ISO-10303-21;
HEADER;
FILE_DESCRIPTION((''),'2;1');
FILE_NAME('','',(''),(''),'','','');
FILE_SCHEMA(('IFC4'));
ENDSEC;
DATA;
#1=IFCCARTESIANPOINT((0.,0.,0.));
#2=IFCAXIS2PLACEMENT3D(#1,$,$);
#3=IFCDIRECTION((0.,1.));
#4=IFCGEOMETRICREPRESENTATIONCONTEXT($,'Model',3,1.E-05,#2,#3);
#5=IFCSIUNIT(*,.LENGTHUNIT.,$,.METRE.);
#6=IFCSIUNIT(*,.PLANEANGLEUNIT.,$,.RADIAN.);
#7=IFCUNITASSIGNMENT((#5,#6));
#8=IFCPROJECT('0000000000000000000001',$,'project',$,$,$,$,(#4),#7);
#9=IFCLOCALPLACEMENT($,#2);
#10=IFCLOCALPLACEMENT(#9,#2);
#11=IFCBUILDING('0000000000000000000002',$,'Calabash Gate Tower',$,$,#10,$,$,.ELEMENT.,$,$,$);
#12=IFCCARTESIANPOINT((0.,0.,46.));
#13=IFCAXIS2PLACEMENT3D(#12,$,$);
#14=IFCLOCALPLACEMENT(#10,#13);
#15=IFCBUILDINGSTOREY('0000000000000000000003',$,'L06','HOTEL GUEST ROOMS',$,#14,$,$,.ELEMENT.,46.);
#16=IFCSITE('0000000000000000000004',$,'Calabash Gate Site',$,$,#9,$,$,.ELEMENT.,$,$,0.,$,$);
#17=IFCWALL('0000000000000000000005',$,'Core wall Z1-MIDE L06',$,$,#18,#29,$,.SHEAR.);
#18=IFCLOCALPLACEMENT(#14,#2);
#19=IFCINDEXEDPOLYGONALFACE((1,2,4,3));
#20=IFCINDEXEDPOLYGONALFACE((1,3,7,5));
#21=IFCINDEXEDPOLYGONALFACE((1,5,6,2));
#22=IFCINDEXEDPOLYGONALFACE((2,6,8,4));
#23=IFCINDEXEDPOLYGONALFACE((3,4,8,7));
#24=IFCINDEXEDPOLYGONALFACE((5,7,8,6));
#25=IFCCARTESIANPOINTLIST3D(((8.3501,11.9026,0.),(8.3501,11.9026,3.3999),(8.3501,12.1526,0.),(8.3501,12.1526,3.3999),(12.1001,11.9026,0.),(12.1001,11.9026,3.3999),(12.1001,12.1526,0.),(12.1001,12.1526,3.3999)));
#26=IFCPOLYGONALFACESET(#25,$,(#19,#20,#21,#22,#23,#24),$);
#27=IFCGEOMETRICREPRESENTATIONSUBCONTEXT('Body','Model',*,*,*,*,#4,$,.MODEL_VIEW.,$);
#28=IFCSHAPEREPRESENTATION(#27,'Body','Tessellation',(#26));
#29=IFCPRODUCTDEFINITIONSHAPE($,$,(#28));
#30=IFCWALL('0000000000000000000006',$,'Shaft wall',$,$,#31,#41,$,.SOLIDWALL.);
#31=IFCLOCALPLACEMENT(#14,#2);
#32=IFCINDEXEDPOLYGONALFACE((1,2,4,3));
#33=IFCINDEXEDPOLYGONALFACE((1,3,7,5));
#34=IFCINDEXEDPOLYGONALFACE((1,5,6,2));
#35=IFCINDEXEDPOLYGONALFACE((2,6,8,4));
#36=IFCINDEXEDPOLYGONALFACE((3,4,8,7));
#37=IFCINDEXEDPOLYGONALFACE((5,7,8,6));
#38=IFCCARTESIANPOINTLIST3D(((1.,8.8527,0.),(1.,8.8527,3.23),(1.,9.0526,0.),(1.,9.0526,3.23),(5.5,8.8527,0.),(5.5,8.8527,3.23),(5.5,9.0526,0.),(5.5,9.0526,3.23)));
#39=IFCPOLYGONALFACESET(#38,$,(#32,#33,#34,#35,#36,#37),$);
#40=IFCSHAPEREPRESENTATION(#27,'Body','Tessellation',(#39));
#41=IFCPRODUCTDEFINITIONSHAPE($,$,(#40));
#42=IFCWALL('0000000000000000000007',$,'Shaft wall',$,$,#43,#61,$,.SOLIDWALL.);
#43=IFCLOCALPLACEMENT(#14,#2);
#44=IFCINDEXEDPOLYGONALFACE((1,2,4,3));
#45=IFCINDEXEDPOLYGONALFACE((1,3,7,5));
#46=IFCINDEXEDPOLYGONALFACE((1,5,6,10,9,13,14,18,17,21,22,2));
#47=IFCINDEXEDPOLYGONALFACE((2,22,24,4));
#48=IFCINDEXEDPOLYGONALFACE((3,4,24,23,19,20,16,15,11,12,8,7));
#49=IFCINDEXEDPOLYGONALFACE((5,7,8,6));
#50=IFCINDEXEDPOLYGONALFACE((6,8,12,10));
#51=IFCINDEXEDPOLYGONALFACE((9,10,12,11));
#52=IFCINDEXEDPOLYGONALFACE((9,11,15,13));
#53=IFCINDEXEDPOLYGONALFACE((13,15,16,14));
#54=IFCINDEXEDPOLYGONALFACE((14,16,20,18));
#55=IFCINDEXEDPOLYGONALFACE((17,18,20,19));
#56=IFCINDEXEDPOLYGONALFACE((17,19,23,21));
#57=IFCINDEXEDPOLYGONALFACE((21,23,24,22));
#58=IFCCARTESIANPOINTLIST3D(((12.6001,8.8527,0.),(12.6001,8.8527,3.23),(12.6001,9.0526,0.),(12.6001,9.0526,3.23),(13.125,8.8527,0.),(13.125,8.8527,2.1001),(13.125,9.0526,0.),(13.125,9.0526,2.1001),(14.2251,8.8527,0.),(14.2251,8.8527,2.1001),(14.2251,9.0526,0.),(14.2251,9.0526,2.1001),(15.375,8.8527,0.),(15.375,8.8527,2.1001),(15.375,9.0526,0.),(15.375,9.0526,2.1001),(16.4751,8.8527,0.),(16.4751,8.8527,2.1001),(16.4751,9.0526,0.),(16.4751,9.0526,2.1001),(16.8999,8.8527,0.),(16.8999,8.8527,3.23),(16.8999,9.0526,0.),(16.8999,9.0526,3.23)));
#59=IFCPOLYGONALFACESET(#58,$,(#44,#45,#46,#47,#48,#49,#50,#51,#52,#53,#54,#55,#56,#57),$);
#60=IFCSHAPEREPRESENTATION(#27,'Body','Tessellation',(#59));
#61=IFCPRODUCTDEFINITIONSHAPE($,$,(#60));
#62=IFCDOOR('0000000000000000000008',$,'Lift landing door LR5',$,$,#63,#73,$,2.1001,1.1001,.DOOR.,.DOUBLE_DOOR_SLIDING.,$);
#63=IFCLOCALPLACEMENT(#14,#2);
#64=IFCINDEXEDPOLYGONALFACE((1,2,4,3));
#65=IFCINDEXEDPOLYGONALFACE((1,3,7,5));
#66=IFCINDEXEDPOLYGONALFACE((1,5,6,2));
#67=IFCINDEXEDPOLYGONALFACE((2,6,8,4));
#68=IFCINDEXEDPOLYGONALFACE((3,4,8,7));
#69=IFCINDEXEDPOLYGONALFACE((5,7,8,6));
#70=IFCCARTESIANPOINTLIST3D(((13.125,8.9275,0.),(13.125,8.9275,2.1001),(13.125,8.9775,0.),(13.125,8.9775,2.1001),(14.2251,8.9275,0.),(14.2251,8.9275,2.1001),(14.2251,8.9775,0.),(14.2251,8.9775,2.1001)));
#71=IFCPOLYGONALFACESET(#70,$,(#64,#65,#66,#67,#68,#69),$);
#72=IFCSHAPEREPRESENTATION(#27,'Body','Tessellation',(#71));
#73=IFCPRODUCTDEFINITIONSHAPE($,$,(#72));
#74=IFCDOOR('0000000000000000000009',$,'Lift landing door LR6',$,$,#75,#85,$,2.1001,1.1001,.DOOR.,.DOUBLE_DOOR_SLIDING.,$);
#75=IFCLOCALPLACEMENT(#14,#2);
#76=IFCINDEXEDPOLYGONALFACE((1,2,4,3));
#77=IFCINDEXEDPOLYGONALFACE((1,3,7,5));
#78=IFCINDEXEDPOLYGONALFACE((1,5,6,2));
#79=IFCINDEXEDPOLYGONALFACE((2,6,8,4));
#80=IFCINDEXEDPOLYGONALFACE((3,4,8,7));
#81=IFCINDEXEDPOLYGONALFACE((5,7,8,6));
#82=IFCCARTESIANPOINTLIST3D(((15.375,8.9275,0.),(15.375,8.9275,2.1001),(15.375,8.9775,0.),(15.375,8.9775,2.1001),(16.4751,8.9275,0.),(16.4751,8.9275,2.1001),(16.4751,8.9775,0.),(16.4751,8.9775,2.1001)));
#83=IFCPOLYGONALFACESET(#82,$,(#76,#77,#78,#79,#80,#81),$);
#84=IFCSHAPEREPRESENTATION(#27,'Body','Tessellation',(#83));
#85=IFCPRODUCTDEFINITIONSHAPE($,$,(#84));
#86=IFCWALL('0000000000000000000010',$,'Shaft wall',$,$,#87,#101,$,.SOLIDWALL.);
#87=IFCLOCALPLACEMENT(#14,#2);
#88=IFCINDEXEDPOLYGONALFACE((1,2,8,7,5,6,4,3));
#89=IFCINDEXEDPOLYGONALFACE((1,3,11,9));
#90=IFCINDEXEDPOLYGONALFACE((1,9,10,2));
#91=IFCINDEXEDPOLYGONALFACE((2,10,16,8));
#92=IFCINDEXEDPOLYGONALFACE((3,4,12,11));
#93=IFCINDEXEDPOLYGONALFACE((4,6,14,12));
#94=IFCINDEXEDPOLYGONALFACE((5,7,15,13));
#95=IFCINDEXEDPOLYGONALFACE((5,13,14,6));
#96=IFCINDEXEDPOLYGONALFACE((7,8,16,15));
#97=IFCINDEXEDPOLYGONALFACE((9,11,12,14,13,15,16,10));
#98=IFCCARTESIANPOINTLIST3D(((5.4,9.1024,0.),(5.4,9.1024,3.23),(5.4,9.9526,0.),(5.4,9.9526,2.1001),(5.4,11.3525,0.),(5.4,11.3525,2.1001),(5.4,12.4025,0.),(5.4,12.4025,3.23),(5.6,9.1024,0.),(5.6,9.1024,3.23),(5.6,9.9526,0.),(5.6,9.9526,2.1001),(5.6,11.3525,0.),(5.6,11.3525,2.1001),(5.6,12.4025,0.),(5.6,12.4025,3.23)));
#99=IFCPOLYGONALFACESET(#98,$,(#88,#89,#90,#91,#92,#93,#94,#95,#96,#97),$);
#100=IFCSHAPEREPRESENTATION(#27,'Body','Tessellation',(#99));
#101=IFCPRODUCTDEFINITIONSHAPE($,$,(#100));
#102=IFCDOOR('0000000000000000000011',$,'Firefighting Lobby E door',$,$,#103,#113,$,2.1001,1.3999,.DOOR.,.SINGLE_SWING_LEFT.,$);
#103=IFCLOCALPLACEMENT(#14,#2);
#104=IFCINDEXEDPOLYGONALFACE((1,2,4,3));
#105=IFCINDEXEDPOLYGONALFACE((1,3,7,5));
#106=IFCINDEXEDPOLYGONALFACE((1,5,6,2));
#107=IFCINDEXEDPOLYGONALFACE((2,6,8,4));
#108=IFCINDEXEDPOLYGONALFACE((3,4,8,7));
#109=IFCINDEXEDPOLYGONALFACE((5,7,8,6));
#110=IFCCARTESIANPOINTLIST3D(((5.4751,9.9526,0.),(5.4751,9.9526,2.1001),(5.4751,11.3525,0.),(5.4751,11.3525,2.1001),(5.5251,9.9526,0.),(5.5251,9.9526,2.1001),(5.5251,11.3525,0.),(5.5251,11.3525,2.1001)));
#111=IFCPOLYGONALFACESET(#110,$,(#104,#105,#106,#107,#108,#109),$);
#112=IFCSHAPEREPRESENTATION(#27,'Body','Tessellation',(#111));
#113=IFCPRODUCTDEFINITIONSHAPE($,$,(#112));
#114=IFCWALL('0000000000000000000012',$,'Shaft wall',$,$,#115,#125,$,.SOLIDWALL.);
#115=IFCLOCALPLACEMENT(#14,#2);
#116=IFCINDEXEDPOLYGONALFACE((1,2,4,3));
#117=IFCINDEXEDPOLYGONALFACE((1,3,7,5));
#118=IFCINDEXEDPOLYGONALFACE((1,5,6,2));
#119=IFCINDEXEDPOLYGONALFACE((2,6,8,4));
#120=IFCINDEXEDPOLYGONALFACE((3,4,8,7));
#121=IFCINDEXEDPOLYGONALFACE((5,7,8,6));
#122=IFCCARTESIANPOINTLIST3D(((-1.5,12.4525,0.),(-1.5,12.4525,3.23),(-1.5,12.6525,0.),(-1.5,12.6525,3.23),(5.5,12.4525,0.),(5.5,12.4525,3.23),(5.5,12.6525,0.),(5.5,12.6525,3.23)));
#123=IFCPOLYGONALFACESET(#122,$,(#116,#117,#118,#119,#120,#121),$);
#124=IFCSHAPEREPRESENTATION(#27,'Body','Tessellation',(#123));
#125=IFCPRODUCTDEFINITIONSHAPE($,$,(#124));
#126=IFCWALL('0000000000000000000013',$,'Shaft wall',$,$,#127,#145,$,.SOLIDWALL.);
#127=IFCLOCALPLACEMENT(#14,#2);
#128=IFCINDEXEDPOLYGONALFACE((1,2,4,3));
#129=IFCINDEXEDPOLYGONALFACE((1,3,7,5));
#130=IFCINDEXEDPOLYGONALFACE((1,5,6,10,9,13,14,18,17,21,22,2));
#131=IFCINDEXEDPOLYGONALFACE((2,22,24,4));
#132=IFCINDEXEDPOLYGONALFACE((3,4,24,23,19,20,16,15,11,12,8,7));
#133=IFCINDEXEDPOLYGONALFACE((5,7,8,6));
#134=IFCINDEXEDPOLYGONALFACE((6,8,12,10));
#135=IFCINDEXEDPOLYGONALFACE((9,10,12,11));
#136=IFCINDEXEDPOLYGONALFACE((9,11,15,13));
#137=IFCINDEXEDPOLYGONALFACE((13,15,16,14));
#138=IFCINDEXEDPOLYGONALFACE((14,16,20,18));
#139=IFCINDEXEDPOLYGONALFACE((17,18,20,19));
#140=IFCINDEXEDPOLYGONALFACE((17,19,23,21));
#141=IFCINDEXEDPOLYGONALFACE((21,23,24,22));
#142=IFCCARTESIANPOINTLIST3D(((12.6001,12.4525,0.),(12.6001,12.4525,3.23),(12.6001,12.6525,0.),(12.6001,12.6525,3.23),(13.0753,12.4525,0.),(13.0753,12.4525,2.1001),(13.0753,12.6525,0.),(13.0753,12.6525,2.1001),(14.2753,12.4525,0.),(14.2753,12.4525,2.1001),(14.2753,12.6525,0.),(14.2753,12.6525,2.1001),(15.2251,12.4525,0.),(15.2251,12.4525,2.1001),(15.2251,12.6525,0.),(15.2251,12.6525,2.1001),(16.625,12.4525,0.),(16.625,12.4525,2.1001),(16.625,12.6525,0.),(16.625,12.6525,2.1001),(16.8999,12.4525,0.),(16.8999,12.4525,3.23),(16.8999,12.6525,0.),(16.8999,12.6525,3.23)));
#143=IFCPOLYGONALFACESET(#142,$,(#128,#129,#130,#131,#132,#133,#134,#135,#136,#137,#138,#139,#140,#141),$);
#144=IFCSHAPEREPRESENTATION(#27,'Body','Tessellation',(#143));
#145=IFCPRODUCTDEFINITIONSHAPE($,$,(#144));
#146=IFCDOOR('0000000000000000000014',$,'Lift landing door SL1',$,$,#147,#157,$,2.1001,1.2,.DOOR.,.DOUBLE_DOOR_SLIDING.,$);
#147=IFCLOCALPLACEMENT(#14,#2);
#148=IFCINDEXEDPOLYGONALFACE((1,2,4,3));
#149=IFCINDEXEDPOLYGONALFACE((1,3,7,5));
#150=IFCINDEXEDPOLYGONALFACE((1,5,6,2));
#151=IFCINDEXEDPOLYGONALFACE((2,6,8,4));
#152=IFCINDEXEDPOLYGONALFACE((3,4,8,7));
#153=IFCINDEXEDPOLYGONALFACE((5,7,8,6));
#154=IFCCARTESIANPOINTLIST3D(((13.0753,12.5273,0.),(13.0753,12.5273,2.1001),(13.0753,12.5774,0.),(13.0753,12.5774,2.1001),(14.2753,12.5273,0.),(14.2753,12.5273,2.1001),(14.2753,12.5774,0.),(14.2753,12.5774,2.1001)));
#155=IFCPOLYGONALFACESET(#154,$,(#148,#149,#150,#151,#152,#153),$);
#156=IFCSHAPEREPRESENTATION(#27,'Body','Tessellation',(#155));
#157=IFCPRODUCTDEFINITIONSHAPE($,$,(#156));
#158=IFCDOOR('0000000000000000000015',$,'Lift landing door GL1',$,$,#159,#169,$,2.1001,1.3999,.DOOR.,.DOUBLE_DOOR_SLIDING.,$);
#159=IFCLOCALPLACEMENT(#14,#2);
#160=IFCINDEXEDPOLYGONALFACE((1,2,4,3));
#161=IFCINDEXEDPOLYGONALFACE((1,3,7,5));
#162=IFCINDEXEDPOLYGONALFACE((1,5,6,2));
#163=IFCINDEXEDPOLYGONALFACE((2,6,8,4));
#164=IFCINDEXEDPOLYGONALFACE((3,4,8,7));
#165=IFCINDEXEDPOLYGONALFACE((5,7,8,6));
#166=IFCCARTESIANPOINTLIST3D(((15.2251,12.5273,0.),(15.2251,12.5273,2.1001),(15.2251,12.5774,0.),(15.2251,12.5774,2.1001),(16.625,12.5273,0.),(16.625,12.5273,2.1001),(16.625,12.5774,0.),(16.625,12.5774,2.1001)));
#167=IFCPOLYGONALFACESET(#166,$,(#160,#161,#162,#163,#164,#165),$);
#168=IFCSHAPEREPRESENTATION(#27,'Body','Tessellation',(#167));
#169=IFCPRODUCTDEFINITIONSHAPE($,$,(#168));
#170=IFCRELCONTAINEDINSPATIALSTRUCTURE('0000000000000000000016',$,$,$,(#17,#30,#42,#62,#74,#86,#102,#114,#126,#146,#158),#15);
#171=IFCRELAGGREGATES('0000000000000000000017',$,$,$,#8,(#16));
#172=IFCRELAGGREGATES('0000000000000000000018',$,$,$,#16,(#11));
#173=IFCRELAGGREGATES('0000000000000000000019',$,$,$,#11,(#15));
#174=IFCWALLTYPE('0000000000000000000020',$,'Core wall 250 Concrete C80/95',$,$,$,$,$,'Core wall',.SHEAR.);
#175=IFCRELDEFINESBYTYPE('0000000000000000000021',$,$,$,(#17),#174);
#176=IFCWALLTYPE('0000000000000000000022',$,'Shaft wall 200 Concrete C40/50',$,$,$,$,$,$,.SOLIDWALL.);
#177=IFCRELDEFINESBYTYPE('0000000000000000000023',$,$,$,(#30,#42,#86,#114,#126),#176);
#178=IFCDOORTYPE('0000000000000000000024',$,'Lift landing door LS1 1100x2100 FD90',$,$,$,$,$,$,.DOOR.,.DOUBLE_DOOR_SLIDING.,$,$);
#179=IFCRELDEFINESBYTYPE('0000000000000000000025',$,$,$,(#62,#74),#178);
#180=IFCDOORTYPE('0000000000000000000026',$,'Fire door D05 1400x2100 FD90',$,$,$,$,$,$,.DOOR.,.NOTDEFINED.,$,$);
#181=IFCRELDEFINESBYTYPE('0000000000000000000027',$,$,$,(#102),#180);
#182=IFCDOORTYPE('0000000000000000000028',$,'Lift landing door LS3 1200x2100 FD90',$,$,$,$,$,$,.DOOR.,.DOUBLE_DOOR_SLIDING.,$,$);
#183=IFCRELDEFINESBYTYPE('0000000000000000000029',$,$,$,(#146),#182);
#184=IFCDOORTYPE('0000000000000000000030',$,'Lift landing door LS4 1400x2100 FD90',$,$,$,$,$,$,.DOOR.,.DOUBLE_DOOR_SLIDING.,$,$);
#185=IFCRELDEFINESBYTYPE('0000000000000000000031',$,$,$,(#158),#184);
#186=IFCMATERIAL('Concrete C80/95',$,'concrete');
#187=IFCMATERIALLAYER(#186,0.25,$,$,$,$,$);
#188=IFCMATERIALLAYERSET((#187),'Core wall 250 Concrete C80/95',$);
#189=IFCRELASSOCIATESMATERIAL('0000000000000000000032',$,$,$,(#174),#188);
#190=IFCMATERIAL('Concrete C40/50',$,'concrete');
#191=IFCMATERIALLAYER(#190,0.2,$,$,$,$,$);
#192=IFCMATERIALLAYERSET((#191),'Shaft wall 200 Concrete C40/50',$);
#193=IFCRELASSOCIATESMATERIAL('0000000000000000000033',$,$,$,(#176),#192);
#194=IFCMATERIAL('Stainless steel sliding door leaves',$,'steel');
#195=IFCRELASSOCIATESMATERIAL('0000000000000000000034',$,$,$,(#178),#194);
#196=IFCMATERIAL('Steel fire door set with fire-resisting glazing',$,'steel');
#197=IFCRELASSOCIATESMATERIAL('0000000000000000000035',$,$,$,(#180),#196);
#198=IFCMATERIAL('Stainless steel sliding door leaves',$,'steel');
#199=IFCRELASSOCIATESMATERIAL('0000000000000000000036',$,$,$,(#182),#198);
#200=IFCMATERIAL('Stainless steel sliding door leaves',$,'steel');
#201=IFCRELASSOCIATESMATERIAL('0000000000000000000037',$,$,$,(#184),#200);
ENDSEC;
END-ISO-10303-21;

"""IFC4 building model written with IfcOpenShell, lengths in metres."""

from ifc_helpers import new_model, si_unit, direction, frame, frame_2d, origin, place, context, subcontext, project, spatial, rectangle, extrude, material, layer, layer_set, type_object, element, fill, save


model = new_model("IFC4")

# Units and contexts
model_context = context("Model", 3, precision=1e-05, world=origin(), true_north=direction((0.0, 1.0)))
body_context = subcontext(model_context, "Body", "Model", "MODEL_VIEW")
ifc_project = project(units=[si_unit("LENGTHUNIT", "METRE"), si_unit("PLANEANGLEUNIT", "RADIAN")], contexts=[model_context])

# Site, building, storey
site_placement = place(None, origin())
site = spatial("IfcSite", under=ifc_project, at=site_placement, Name="Calabash Gate Site", CompositionType="ELEMENT", RefElevation=0.0)
building_placement = place(site_placement, origin())
building = spatial("IfcBuilding", under=site, at=building_placement, Name="Calabash Gate Tower", CompositionType="ELEMENT")
storey_placement = place(building_placement, frame((0.0, 0.0, 46.0)))
storey = spatial("IfcBuildingStorey", under=building, at=storey_placement, Name="L06", Description="HOTEL GUEST ROOMS", CompositionType="ELEMENT", Elevation=46.0)

# Walls
ifc_material_1 = material(Name="Concrete C80/95", Category="concrete")
ifc_layer_1 = layer(ifc_material_1, 0.25)
ifc_layer_set_1 = layer_set([ifc_layer_1], Name="Core wall 250 Concrete C80/95")
wall_type_1 = type_object("IfcWallType", Name="Core wall 250 Concrete C80/95", ElementType="Core wall", PredefinedType="SHEAR", material=ifc_layer_set_1)
wall_1_placement = place(storey_placement, frame((8.3501, 12.0276, 0.0), z_axis=(0.0, 0.0, 1.0), x_axis=(1.0, 0.0, 0.0)))
element("IfcWall", 1, at=wall_1_placement, inside=storey, type_object=wall_type_1, Name="Core wall Z1-MIDE L06", PredefinedType="SHEAR", context=body_context, shape_type="SweptSolid", body=[
    extrude(rectangle(XDim=3.75, YDim=0.25, at=frame_2d((1.875, 0.0))), origin(), (0.0, 0.0, 1.0), 3.3999),
])
ifc_material_2 = material(Name="Concrete C40/50", Category="concrete")
ifc_layer_2 = layer(ifc_material_2, 0.2)
ifc_layer_set_2 = layer_set([ifc_layer_2], Name="Shaft wall 200 Concrete C40/50")
wall_type_2 = type_object("IfcWallType", Name="Shaft wall 200 Concrete C40/50", PredefinedType="SOLIDWALL", material=ifc_layer_set_2)
wall_2_placement = place(storey_placement, frame((1.0, 8.9526, 0.0), z_axis=(0.0, 0.0, 1.0), x_axis=(1.0, 0.0, 0.0)))
element("IfcWall", 2, at=wall_2_placement, inside=storey, type_object=wall_type_2, Name="Shaft wall", PredefinedType="SOLIDWALL", context=body_context, shape_type="SweptSolid", body=[
    extrude(rectangle(XDim=4.5, YDim=0.2, at=frame_2d((2.25, 0.0))), origin(), (0.0, 0.0, 1.0), 3.23),
])

# Wall, openings, doors
wall_3_placement = place(storey_placement, frame((12.6001, 8.9526, 0.0), z_axis=(0.0, 0.0, 1.0), x_axis=(1.0, 0.0, 0.0)))
wall_3 = element("IfcWall", 3, at=wall_3_placement, inside=storey, type_object=wall_type_2, Name="Shaft wall", PredefinedType="SOLIDWALL", context=body_context, shape_type="SweptSolid", body=[
    extrude(rectangle(XDim=4.2998, YDim=0.2, at=frame_2d((2.1499, 0.0))), origin(), (0.0, 0.0, 1.0), 3.23),
])
opening_1_placement = place(wall_3_placement, frame((0.5249, 0.0, 0.0)))
opening_1 = element("IfcOpeningElement", 4, at=opening_1_placement, cuts=wall_3, PredefinedType="OPENING", context=body_context, shape_type="SweptSolid", body=[
    extrude(rectangle(XDim=1.1001, YDim=2.1001, at=frame_2d((0.55, 1.05))), frame((0.0, 0.1099, 0.0), z_axis=(0.0, -1.0, 0.0), x_axis=(1.0, 0.0, 0.0)), (0.0, 0.0, 1.0), 0.22),
])
opening_2_placement = place(wall_3_placement, frame((2.7749, 0.0, 0.0)))
opening_2 = element("IfcOpeningElement", 5, at=opening_2_placement, cuts=wall_3, PredefinedType="OPENING", context=body_context, shape_type="SweptSolid", body=[
    extrude(rectangle(XDim=1.1001, YDim=2.1001, at=frame_2d((0.55, 1.05))), frame((0.0, 0.1099, 0.0), z_axis=(0.0, -1.0, 0.0), x_axis=(1.0, 0.0, 0.0)), (0.0, 0.0, 1.0), 0.22),
])
ifc_material_3 = material(Name="Stainless steel sliding door leaves", Category="steel")
door_type_1 = type_object("IfcDoorType", Name="Lift landing door LS1 1100x2100 FD90", OperationType="DOUBLE_DOOR_SLIDING", PredefinedType="DOOR", material=ifc_material_3)
door_1_placement = place(opening_1_placement, origin())
door_1 = element("IfcDoor", 6, at=door_1_placement, inside=storey, type_object=door_type_1, Name="Lift landing door LR5", OperationType="DOUBLE_DOOR_SLIDING", OverallHeight=2.1001, OverallWidth=1.1001, PredefinedType="DOOR", context=body_context, shape_type="SweptSolid", body=[
    extrude(rectangle(XDim=1.1001, YDim=2.1001, at=frame_2d((0.55, 1.05))), frame((0.0, 0.0249, 0.0), z_axis=(0.0, -1.0, 0.0), x_axis=(1.0, 0.0, 0.0)), (0.0, 0.0, 1.0), 0.05),
])
fill(opening_1, door_1)
door_2_placement = place(opening_2_placement, origin())
door_2 = element("IfcDoor", 7, at=door_2_placement, inside=storey, type_object=door_type_1, Name="Lift landing door LR6", OperationType="DOUBLE_DOOR_SLIDING", OverallHeight=2.1001, OverallWidth=1.1001, PredefinedType="DOOR", context=body_context, shape_type="SweptSolid", body=[
    extrude(rectangle(XDim=1.1001, YDim=2.1001, at=frame_2d((0.55, 1.05))), frame((0.0, 0.0249, 0.0), z_axis=(0.0, -1.0, 0.0), x_axis=(1.0, 0.0, 0.0)), (0.0, 0.0, 1.0), 0.05),
])
fill(opening_2, door_2)

# Wall, opening, door
wall_4_placement = place(storey_placement, frame((5.5, 9.1025, 0.0), z_axis=(0.0, 0.0, 1.0), x_axis=(0.0, 1.0, 0.0)))
wall_4 = element("IfcWall", 8, at=wall_4_placement, inside=storey, type_object=wall_type_2, Name="Shaft wall", PredefinedType="SOLIDWALL", context=body_context, shape_type="SweptSolid", body=[
    extrude(rectangle(XDim=3.3, YDim=0.2, at=frame_2d((1.6499, 0.0))), origin(), (0.0, 0.0, 1.0), 3.23),
])
opening_3_placement = place(wall_4_placement, frame((0.8501, 0.0, 0.0)))
opening_3 = element("IfcOpeningElement", 9, at=opening_3_placement, cuts=wall_4, PredefinedType="OPENING", context=body_context, shape_type="SweptSolid", body=[
    extrude(rectangle(XDim=1.3999, YDim=2.1001, at=frame_2d((0.7, 1.05))), frame((0.0, 0.1099, 0.0), z_axis=(0.0, -1.0, 0.0), x_axis=(1.0, 0.0, 0.0)), (0.0, 0.0, 1.0), 0.22),
])
ifc_material_4 = material(Name="Steel fire door set with fire-resisting glazing", Category="steel")
door_type_2 = type_object("IfcDoorType", Name="Fire door D05 1400x2100 FD90", OperationType="NOTDEFINED", PredefinedType="DOOR", material=ifc_material_4)
door_3_placement = place(opening_3_placement, origin())
door_3 = element("IfcDoor", 10, at=door_3_placement, inside=storey, type_object=door_type_2, Name="Firefighting Lobby E door", OperationType="SINGLE_SWING_LEFT", OverallHeight=2.1001, OverallWidth=1.3999, PredefinedType="DOOR", context=body_context, shape_type="SweptSolid", body=[
    extrude(rectangle(XDim=1.3999, YDim=2.1001, at=frame_2d((0.7, 1.05))), frame((0.0, 0.0249, 0.0), z_axis=(0.0, -1.0, 0.0), x_axis=(1.0, 0.0, 0.0)), (0.0, 0.0, 1.0), 0.05),
])
fill(opening_3, door_3)

# Wall
wall_5_placement = place(storey_placement, frame((-1.5, 12.5525, 0.0), z_axis=(0.0, 0.0, 1.0), x_axis=(1.0, 0.0, 0.0)))
element("IfcWall", 11, at=wall_5_placement, inside=storey, type_object=wall_type_2, Name="Shaft wall", PredefinedType="SOLIDWALL", context=body_context, shape_type="SweptSolid", body=[
    extrude(rectangle(XDim=7.0, YDim=0.2, at=frame_2d((3.5, 0.0))), origin(), (0.0, 0.0, 1.0), 3.23),
])

# Wall, openings, doors
wall_6_placement = place(storey_placement, frame((12.6001, 12.5525, 0.0), z_axis=(0.0, 0.0, 1.0), x_axis=(1.0, 0.0, 0.0)))
wall_6 = element("IfcWall", 12, at=wall_6_placement, inside=storey, type_object=wall_type_2, Name="Shaft wall", PredefinedType="SOLIDWALL", context=body_context, shape_type="SweptSolid", body=[
    extrude(rectangle(XDim=4.2998, YDim=0.2, at=frame_2d((2.1499, 0.0))), origin(), (0.0, 0.0, 1.0), 3.23),
])
opening_4_placement = place(wall_6_placement, frame((0.4751, 0.0, 0.0)))
opening_4 = element("IfcOpeningElement", 13, at=opening_4_placement, cuts=wall_6, PredefinedType="OPENING", context=body_context, shape_type="SweptSolid", body=[
    extrude(rectangle(XDim=1.2, YDim=2.1001, at=frame_2d((0.6001, 1.05))), frame((0.0, 0.1099, 0.0), z_axis=(0.0, -1.0, 0.0), x_axis=(1.0, 0.0, 0.0)), (0.0, 0.0, 1.0), 0.22),
])
opening_5_placement = place(wall_6_placement, frame((2.625, 0.0, 0.0)))
opening_5 = element("IfcOpeningElement", 14, at=opening_5_placement, cuts=wall_6, PredefinedType="OPENING", context=body_context, shape_type="SweptSolid", body=[
    extrude(rectangle(XDim=1.3999, YDim=2.1001, at=frame_2d((0.7, 1.05))), frame((0.0, 0.1099, 0.0), z_axis=(0.0, -1.0, 0.0), x_axis=(1.0, 0.0, 0.0)), (0.0, 0.0, 1.0), 0.22),
])
ifc_material_5 = material(Name="Stainless steel sliding door leaves", Category="steel")
door_type_3 = type_object("IfcDoorType", Name="Lift landing door LS3 1200x2100 FD90", OperationType="DOUBLE_DOOR_SLIDING", PredefinedType="DOOR", material=ifc_material_5)
door_4_placement = place(opening_4_placement, origin())
door_4 = element("IfcDoor", 15, at=door_4_placement, inside=storey, type_object=door_type_3, Name="Lift landing door SL1", OperationType="DOUBLE_DOOR_SLIDING", OverallHeight=2.1001, OverallWidth=1.2, PredefinedType="DOOR", context=body_context, shape_type="SweptSolid", body=[
    extrude(rectangle(XDim=1.2, YDim=2.1001, at=frame_2d((0.6001, 1.05))), frame((0.0, 0.0249, 0.0), z_axis=(0.0, -1.0, 0.0), x_axis=(1.0, 0.0, 0.0)), (0.0, 0.0, 1.0), 0.05),
])
fill(opening_4, door_4)
ifc_material_6 = material(Name="Stainless steel sliding door leaves", Category="steel")
door_type_4 = type_object("IfcDoorType", Name="Lift landing door LS4 1400x2100 FD90", OperationType="DOUBLE_DOOR_SLIDING", PredefinedType="DOOR", material=ifc_material_6)
door_5_placement = place(opening_5_placement, origin())
door_5 = element("IfcDoor", 16, at=door_5_placement, inside=storey, type_object=door_type_4, Name="Lift landing door GL1", OperationType="DOUBLE_DOOR_SLIDING", OverallHeight=2.1001, OverallWidth=1.3999, PredefinedType="DOOR", context=body_context, shape_type="SweptSolid", body=[
    extrude(rectangle(XDim=1.3999, YDim=2.1001, at=frame_2d((0.7, 1.05))), frame((0.0, 0.0249, 0.0), z_axis=(0.0, -1.0, 0.0), x_axis=(1.0, 0.0, 0.0)), (0.0, 0.0, 1.0), 0.05),
])
fill(opening_5, door_5)

save(model, "model.ifc")
